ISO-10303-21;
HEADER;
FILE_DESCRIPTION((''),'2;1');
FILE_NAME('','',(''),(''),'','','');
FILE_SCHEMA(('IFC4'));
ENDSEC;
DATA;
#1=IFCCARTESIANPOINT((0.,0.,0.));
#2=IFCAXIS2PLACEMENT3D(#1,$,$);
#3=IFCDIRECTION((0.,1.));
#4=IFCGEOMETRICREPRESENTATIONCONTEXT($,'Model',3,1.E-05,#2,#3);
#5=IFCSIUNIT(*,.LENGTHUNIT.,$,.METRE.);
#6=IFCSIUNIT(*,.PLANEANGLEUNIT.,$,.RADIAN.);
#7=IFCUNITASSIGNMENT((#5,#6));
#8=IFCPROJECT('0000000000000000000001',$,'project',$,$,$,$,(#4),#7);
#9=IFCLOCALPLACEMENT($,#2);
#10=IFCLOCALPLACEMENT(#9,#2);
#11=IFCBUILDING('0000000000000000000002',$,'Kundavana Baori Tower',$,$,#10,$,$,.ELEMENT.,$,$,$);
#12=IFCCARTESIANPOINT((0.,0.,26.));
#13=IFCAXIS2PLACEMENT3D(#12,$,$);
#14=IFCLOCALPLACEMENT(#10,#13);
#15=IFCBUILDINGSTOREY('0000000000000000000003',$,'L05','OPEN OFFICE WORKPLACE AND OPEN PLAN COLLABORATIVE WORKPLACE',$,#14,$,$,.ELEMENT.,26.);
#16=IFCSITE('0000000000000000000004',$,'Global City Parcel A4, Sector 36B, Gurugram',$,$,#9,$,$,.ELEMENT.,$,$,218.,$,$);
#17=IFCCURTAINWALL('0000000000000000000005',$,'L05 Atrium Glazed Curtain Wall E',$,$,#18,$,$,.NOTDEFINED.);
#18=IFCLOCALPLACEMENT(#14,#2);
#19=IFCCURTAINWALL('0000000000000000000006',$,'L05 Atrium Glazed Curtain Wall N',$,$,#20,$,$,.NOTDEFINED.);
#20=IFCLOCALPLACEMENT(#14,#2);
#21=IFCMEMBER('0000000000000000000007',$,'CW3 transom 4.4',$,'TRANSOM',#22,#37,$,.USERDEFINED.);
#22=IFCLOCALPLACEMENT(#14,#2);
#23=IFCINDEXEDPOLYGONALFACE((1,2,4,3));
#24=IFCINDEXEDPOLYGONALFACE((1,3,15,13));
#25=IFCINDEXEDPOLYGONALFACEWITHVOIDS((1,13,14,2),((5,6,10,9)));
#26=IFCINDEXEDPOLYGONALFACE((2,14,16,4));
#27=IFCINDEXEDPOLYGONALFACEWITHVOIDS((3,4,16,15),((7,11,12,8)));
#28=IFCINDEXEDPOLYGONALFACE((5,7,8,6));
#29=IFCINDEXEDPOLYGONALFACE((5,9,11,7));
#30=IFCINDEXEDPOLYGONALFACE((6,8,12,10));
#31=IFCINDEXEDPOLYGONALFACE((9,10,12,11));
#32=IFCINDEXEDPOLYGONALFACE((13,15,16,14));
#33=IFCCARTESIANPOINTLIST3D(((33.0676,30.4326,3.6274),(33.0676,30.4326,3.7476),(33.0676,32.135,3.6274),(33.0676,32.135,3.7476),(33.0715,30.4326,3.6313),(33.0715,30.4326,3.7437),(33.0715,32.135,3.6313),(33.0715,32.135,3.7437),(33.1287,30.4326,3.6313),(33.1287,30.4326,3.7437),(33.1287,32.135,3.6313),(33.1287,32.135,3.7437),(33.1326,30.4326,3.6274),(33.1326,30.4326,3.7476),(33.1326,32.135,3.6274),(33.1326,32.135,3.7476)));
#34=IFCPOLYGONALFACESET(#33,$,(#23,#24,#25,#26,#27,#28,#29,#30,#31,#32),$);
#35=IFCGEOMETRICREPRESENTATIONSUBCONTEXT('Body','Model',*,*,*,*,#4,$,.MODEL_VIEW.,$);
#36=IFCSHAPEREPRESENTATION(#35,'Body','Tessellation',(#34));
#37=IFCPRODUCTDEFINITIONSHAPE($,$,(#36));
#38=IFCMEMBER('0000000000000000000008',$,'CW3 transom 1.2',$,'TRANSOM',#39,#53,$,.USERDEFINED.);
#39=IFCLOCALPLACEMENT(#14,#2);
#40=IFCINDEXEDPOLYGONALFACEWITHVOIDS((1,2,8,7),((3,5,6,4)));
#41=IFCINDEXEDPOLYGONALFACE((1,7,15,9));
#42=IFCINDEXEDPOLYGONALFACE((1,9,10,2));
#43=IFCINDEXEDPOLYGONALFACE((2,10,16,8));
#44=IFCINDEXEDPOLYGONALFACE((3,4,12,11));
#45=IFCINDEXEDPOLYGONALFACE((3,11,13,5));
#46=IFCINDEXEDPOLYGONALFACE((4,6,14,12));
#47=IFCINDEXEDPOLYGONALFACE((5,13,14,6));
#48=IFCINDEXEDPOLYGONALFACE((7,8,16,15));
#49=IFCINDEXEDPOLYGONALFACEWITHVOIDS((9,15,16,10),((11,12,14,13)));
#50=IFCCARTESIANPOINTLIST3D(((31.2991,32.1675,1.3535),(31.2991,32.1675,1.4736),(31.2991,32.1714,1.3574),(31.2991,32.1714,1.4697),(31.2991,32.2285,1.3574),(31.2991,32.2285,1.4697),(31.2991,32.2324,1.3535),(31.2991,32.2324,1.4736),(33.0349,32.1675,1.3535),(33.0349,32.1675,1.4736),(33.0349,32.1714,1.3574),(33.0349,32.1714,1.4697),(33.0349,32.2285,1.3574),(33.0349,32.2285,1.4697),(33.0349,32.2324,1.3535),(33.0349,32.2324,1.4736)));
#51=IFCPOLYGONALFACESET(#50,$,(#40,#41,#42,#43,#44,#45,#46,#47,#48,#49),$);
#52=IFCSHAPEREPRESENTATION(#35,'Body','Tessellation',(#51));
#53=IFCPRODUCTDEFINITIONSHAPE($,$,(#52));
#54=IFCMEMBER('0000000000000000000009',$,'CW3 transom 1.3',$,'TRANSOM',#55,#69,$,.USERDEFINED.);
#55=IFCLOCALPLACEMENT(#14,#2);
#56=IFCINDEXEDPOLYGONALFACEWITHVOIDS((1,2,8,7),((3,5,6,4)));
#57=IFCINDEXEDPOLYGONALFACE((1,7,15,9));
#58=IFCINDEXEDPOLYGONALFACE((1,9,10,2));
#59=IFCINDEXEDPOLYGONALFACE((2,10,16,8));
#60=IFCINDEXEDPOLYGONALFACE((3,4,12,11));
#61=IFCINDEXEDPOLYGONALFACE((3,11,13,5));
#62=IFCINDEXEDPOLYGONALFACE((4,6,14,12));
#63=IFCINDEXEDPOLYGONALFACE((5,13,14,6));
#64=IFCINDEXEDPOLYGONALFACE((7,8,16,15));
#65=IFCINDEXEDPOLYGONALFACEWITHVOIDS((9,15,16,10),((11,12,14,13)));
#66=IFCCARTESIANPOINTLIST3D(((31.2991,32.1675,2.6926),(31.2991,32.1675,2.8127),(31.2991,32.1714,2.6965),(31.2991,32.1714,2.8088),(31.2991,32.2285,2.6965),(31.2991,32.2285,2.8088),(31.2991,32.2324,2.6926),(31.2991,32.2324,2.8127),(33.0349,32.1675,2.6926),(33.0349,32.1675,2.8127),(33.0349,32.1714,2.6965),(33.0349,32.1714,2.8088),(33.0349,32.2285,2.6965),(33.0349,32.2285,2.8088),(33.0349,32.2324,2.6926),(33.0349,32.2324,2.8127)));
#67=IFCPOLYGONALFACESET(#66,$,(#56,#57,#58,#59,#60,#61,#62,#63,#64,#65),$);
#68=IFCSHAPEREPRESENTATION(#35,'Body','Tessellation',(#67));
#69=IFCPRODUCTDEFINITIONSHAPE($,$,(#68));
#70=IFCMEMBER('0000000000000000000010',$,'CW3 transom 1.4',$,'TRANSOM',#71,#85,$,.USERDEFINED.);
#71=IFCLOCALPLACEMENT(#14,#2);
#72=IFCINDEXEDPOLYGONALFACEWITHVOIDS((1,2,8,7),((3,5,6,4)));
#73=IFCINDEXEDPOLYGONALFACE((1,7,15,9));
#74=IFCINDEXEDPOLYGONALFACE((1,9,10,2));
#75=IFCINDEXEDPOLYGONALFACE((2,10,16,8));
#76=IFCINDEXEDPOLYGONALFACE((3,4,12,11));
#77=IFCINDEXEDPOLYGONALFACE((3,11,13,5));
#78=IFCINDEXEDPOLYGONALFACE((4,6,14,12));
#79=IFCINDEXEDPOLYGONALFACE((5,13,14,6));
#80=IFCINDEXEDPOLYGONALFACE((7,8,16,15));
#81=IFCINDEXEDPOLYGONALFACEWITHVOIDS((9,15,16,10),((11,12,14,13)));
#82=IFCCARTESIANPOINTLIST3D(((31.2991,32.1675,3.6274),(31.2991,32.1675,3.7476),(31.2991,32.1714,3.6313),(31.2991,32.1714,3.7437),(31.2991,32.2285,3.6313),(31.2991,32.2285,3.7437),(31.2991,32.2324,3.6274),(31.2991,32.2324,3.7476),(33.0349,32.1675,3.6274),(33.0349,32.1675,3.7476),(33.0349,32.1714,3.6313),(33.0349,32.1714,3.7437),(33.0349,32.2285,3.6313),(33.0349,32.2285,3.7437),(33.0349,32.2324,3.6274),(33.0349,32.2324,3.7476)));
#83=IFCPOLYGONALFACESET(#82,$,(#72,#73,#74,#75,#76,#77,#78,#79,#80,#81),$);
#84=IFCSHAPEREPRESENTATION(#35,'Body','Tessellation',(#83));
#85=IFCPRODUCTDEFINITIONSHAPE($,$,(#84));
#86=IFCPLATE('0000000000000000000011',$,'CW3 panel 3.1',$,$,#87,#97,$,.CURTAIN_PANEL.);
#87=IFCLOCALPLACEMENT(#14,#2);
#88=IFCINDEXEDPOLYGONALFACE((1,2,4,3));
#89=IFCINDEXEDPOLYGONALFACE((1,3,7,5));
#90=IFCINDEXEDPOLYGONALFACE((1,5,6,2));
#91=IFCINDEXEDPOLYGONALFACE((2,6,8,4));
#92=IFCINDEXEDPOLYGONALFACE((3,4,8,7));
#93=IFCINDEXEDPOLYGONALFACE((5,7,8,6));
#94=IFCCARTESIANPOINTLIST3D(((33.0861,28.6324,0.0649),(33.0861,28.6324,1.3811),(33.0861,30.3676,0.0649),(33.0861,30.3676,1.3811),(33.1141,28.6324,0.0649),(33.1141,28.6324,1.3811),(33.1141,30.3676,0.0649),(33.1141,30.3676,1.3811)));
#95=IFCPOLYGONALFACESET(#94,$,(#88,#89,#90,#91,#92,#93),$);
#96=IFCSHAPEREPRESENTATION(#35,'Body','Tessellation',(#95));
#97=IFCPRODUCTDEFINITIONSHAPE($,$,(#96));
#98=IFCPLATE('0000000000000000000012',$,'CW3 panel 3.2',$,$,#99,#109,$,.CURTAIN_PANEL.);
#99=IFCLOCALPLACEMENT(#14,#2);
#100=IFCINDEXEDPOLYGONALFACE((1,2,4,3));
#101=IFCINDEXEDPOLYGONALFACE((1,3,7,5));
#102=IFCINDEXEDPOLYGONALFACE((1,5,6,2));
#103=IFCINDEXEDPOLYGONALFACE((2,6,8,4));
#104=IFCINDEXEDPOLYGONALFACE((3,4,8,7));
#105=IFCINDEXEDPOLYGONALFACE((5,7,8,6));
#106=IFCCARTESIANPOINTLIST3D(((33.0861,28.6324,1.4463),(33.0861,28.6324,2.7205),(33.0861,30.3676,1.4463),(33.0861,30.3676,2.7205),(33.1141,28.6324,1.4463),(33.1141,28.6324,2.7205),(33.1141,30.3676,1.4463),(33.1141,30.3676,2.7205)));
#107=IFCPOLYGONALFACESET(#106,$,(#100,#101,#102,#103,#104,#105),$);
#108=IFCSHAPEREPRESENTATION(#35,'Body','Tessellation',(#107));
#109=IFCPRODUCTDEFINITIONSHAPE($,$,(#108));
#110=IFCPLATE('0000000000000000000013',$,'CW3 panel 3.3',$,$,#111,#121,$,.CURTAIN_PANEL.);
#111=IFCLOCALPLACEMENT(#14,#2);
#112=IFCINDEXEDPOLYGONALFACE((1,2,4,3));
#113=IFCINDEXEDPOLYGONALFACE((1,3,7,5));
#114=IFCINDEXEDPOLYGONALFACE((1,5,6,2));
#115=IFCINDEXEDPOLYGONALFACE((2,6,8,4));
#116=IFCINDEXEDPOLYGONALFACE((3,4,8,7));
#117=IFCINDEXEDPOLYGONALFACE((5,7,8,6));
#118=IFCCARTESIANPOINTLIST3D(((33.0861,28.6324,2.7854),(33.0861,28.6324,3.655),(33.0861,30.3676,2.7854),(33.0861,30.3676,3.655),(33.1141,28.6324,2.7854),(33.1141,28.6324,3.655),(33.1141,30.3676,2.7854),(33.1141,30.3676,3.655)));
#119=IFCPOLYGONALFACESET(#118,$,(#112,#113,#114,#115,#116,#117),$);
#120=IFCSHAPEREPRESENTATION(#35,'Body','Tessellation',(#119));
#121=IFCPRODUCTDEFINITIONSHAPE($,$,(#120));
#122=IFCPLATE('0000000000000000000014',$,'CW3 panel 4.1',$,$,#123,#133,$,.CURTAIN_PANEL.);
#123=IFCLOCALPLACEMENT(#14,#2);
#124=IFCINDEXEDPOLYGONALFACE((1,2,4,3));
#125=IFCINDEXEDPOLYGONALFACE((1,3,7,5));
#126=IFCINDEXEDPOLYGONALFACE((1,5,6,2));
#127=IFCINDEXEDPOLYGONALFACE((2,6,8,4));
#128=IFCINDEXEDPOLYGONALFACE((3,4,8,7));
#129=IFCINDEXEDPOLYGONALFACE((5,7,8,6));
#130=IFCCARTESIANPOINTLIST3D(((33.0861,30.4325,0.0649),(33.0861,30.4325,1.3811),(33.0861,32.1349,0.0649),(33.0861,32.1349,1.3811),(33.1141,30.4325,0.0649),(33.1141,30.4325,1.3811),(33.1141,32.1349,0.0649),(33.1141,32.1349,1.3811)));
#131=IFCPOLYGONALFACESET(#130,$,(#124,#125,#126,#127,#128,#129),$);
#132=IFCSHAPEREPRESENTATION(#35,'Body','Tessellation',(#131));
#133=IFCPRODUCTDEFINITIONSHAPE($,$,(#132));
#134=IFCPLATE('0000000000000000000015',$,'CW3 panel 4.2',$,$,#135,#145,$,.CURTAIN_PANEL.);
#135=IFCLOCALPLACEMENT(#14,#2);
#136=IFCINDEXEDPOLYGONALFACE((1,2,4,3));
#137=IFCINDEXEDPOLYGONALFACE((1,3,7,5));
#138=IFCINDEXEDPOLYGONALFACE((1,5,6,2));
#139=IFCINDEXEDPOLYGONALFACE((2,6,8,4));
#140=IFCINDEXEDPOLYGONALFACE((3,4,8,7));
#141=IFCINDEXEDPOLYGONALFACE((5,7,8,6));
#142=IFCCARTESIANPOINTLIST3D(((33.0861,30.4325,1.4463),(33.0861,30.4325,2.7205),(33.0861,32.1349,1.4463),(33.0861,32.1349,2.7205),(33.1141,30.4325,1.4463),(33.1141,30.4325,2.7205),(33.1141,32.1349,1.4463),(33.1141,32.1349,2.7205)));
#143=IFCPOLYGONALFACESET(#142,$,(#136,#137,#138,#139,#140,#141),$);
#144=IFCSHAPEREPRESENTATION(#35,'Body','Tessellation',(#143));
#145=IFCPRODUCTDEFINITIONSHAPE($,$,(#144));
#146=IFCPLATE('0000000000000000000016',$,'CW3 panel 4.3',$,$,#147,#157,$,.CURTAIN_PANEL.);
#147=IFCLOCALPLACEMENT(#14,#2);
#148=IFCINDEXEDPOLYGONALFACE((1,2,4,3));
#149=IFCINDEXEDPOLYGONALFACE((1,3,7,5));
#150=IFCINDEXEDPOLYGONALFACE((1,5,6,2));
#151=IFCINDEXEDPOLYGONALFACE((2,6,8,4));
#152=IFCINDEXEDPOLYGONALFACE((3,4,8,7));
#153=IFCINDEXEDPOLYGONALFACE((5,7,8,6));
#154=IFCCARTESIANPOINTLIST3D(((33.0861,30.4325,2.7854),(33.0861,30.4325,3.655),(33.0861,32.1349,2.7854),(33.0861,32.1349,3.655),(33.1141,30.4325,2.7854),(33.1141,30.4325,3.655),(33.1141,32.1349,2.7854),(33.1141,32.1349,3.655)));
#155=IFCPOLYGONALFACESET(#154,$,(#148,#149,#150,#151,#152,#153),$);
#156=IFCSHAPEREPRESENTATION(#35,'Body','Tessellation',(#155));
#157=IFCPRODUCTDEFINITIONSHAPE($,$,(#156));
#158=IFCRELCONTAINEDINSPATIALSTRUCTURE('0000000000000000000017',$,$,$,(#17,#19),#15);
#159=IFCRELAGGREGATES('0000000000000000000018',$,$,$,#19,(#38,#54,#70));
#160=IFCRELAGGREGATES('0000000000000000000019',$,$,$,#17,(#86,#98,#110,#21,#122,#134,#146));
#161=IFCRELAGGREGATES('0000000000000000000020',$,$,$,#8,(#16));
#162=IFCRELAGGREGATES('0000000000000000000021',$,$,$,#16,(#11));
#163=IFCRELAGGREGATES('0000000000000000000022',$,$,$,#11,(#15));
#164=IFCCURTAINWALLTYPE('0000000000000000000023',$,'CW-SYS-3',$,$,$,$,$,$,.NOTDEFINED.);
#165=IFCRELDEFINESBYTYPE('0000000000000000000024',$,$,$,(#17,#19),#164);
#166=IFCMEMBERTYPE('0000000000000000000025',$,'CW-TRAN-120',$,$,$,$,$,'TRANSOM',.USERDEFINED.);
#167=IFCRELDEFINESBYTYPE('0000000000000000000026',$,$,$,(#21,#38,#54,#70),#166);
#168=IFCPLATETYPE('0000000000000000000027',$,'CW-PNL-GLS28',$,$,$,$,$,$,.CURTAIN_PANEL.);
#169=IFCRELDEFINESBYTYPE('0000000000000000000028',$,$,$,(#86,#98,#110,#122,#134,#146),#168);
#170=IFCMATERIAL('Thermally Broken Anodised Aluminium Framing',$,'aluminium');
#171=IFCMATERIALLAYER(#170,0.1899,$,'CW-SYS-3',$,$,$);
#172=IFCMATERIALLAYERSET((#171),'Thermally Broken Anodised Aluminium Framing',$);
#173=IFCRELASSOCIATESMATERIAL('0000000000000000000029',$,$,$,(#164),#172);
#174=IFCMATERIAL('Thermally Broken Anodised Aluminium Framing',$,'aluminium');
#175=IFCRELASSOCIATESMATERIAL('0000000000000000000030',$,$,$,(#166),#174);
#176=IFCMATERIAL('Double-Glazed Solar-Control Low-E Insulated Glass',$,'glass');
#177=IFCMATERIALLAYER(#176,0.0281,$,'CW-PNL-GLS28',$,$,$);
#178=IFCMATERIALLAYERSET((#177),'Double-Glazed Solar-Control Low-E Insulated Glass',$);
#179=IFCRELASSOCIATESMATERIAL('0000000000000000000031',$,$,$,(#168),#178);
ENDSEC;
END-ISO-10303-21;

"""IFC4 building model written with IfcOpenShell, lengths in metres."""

from ifc_helpers import new_model, si_unit, direction, frame, origin, origin_2d, place, context, subcontext, project, spatial, rectangle, hollow_rectangle, extrude, material, layer, layer_set, material_profile, profile_set, type_object, element, aggregate, save


model = new_model("IFC4")

# Units and contexts
model_context = context("Model", 3, precision=1e-05, world=origin(), true_north=direction((0.0, 1.0)))
body_context = subcontext(model_context, "Body", "Model", "MODEL_VIEW")
ifc_project = project(units=[si_unit("LENGTHUNIT", "METRE"), si_unit("PLANEANGLEUNIT", "RADIAN")], contexts=[model_context])

# Site, building, storey
site_placement = place(None, origin())
site = spatial("IfcSite", under=ifc_project, at=site_placement, Name="Global City Parcel A4, Sector 36B, Gurugram", CompositionType="ELEMENT", RefElevation=218.0)
building_placement = place(site_placement, origin())
building = spatial("IfcBuilding", under=site, at=building_placement, Name="Kundavana Baori Tower", CompositionType="ELEMENT")
storey_placement = place(building_placement, frame((0.0, 0.0, 26.0)))
storey = spatial("IfcBuildingStorey", under=building, at=storey_placement, Name="L05", Description="OPEN OFFICE WORKPLACE AND OPEN PLAN COLLABORATIVE WORKPLACE", CompositionType="ELEMENT", Elevation=26.0)

# Curtain wall
ifc_material_1 = material(Name="Thermally Broken Anodised Aluminium Framing", Category="aluminium")
ifc_layer_1 = layer(ifc_material_1, 0.1899, Name="CW-SYS-3")
ifc_layer_set_1 = layer_set([ifc_layer_1], Name="Thermally Broken Anodised Aluminium Framing")
curtain_wall_type = type_object("IfcCurtainWallType", Name="CW-SYS-3", PredefinedType="NOTDEFINED", material=ifc_layer_set_1)
curtain_wall_1_placement = place(storey_placement, origin())
curtain_wall_1 = element("IfcCurtainWall", 1, at=curtain_wall_1_placement, inside=storey, type_object=curtain_wall_type, Name="L05 Atrium Glazed Curtain Wall E", PredefinedType="NOTDEFINED")

# Curtain wall
curtain_wall_2_placement = place(storey_placement, origin())
curtain_wall_2 = element("IfcCurtainWall", 2, at=curtain_wall_2_placement, inside=storey, type_object=curtain_wall_type, Name="L05 Atrium Glazed Curtain Wall N", PredefinedType="NOTDEFINED")

# Members
ifc_material_2 = material(Name="Thermally Broken Anodised Aluminium Framing", Category="aluminium")
ifc_material_profile_1 = material_profile(ifc_material_2, hollow_rectangle(XDim=0.0649, YDim=0.1201, WallThickness=0.0039, at=origin_2d()), Name="CW-TRAN-120")
ifc_profile_set_1 = profile_set([ifc_material_profile_1], Name="Thermally Broken Anodised Aluminium Framing")
member_type_1 = type_object("IfcMemberType", Name="CW-TRAN-120", ElementType="TRANSOM", PredefinedType="USERDEFINED", material=ifc_profile_set_1)
member_1_placement = place(storey_placement, frame((33.1001, 30.4326, 3.6875), z_axis=(0.0, 1.0, 0.0), x_axis=(-1.0, 0.0, 0.0)))
member_1 = element("IfcMember", 3, at=member_1_placement, type_object=member_type_1, Name="CW3 transom 4.4", ObjectType="TRANSOM", PredefinedType="USERDEFINED", context=body_context, shape_type="SweptSolid", body=[
    extrude(hollow_rectangle(XDim=0.0649, YDim=0.1201, WallThickness=0.0039, at=origin_2d()), origin(), (0.0, 0.0, 1.0), 1.7024),
])
member_2_placement = place(storey_placement, frame((33.0349, 32.2, 1.4136), z_axis=(-1.0, 0.0, 0.0), x_axis=(0.0, -1.0, 0.0)))
member_2 = element("IfcMember", 4, at=member_2_placement, type_object=member_type_1, Name="CW3 transom 1.2", ObjectType="TRANSOM", PredefinedType="USERDEFINED", context=body_context, shape_type="SweptSolid", body=[
    extrude(hollow_rectangle(XDim=0.0649, YDim=0.1201, WallThickness=0.0039, at=origin_2d()), origin(), (0.0, 0.0, 1.0), 1.7358),
])
member_3_placement = place(storey_placement, frame((33.0349, 32.2, 2.7527), z_axis=(-1.0, 0.0, 0.0), x_axis=(0.0, -1.0, 0.0)))
member_3 = element("IfcMember", 5, at=member_3_placement, type_object=member_type_1, Name="CW3 transom 1.3", ObjectType="TRANSOM", PredefinedType="USERDEFINED", context=body_context, shape_type="SweptSolid", body=[
    extrude(hollow_rectangle(XDim=0.0649, YDim=0.1201, WallThickness=0.0039, at=origin_2d()), origin(), (0.0, 0.0, 1.0), 1.7358),
])
member_4_placement = place(storey_placement, frame((33.0349, 32.2, 3.6875), z_axis=(-1.0, 0.0, 0.0), x_axis=(0.0, -1.0, 0.0)))
member_4 = element("IfcMember", 6, at=member_4_placement, type_object=member_type_1, Name="CW3 transom 1.4", ObjectType="TRANSOM", PredefinedType="USERDEFINED", context=body_context, shape_type="SweptSolid", body=[
    extrude(hollow_rectangle(XDim=0.0649, YDim=0.1201, WallThickness=0.0039, at=origin_2d()), origin(), (0.0, 0.0, 1.0), 1.7358),
])
aggregate(curtain_wall_2, [member_2, member_3, member_4])

# Plates
ifc_material_3 = material(Name="Double-Glazed Solar-Control Low-E Insulated Glass", Category="glass")
ifc_layer_2 = layer(ifc_material_3, 0.0281, Name="CW-PNL-GLS28")
ifc_layer_set_2 = layer_set([ifc_layer_2], Name="Double-Glazed Solar-Control Low-E Insulated Glass")
plate_type = type_object("IfcPlateType", Name="CW-PNL-GLS28", PredefinedType="CURTAIN_PANEL", material=ifc_layer_set_2)
plate_1_placement = place(storey_placement, frame((33.1001, 29.5, 0.0649), z_axis=(0.0, 0.0, 1.0), x_axis=(0.0, 1.0, 0.0)))
plate_1 = element("IfcPlate", 7, at=plate_1_placement, type_object=plate_type, Name="CW3 panel 3.1", PredefinedType="CURTAIN_PANEL", context=body_context, shape_type="SweptSolid", body=[
    extrude(rectangle(XDim=1.7351, YDim=0.0281, at=origin_2d()), origin(), (0.0, 0.0, 1.0), 1.3162),
])
plate_2_placement = place(storey_placement, frame((33.1001, 29.5, 1.4463), z_axis=(0.0, 0.0, 1.0), x_axis=(0.0, 1.0, 0.0)))
plate_2 = element("IfcPlate", 8, at=plate_2_placement, type_object=plate_type, Name="CW3 panel 3.2", PredefinedType="CURTAIN_PANEL", context=body_context, shape_type="SweptSolid", body=[
    extrude(rectangle(XDim=1.7351, YDim=0.0281, at=origin_2d()), origin(), (0.0, 0.0, 1.0), 1.2742),
])
plate_3_placement = place(storey_placement, frame((33.1001, 29.5, 2.7854), z_axis=(0.0, 0.0, 1.0), x_axis=(0.0, 1.0, 0.0)))
plate_3 = element("IfcPlate", 9, at=plate_3_placement, type_object=plate_type, Name="CW3 panel 3.3", PredefinedType="CURTAIN_PANEL", context=body_context, shape_type="SweptSolid", body=[
    extrude(rectangle(XDim=1.7351, YDim=0.0281, at=origin_2d()), origin(), (0.0, 0.0, 1.0), 0.8696),
])
plate_4_placement = place(storey_placement, frame((33.1001, 31.2837, 0.0649), z_axis=(0.0, 0.0, 1.0), x_axis=(0.0, 1.0, 0.0)))
plate_4 = element("IfcPlate", 10, at=plate_4_placement, type_object=plate_type, Name="CW3 panel 4.1", PredefinedType="CURTAIN_PANEL", context=body_context, shape_type="SweptSolid", body=[
    extrude(rectangle(XDim=1.7024, YDim=0.0281, at=origin_2d()), origin(), (0.0, 0.0, 1.0), 1.3162),
])
plate_5_placement = place(storey_placement, frame((33.1001, 31.2837, 1.4463), z_axis=(0.0, 0.0, 1.0), x_axis=(0.0, 1.0, 0.0)))
plate_5 = element("IfcPlate", 11, at=plate_5_placement, type_object=plate_type, Name="CW3 panel 4.2", PredefinedType="CURTAIN_PANEL", context=body_context, shape_type="SweptSolid", body=[
    extrude(rectangle(XDim=1.7024, YDim=0.0281, at=origin_2d()), origin(), (0.0, 0.0, 1.0), 1.2742),
])
plate_6_placement = place(storey_placement, frame((33.1001, 31.2837, 2.7854), z_axis=(0.0, 0.0, 1.0), x_axis=(0.0, 1.0, 0.0)))
plate_6 = element("IfcPlate", 12, at=plate_6_placement, type_object=plate_type, Name="CW3 panel 4.3", PredefinedType="CURTAIN_PANEL", context=body_context, shape_type="SweptSolid", body=[
    extrude(rectangle(XDim=1.7024, YDim=0.0281, at=origin_2d()), origin(), (0.0, 0.0, 1.0), 0.8696),
])
aggregate(curtain_wall_1, [plate_1, plate_2, plate_3, member_1, plate_4, plate_5, plate_6])

save(model, "model.ifc")
